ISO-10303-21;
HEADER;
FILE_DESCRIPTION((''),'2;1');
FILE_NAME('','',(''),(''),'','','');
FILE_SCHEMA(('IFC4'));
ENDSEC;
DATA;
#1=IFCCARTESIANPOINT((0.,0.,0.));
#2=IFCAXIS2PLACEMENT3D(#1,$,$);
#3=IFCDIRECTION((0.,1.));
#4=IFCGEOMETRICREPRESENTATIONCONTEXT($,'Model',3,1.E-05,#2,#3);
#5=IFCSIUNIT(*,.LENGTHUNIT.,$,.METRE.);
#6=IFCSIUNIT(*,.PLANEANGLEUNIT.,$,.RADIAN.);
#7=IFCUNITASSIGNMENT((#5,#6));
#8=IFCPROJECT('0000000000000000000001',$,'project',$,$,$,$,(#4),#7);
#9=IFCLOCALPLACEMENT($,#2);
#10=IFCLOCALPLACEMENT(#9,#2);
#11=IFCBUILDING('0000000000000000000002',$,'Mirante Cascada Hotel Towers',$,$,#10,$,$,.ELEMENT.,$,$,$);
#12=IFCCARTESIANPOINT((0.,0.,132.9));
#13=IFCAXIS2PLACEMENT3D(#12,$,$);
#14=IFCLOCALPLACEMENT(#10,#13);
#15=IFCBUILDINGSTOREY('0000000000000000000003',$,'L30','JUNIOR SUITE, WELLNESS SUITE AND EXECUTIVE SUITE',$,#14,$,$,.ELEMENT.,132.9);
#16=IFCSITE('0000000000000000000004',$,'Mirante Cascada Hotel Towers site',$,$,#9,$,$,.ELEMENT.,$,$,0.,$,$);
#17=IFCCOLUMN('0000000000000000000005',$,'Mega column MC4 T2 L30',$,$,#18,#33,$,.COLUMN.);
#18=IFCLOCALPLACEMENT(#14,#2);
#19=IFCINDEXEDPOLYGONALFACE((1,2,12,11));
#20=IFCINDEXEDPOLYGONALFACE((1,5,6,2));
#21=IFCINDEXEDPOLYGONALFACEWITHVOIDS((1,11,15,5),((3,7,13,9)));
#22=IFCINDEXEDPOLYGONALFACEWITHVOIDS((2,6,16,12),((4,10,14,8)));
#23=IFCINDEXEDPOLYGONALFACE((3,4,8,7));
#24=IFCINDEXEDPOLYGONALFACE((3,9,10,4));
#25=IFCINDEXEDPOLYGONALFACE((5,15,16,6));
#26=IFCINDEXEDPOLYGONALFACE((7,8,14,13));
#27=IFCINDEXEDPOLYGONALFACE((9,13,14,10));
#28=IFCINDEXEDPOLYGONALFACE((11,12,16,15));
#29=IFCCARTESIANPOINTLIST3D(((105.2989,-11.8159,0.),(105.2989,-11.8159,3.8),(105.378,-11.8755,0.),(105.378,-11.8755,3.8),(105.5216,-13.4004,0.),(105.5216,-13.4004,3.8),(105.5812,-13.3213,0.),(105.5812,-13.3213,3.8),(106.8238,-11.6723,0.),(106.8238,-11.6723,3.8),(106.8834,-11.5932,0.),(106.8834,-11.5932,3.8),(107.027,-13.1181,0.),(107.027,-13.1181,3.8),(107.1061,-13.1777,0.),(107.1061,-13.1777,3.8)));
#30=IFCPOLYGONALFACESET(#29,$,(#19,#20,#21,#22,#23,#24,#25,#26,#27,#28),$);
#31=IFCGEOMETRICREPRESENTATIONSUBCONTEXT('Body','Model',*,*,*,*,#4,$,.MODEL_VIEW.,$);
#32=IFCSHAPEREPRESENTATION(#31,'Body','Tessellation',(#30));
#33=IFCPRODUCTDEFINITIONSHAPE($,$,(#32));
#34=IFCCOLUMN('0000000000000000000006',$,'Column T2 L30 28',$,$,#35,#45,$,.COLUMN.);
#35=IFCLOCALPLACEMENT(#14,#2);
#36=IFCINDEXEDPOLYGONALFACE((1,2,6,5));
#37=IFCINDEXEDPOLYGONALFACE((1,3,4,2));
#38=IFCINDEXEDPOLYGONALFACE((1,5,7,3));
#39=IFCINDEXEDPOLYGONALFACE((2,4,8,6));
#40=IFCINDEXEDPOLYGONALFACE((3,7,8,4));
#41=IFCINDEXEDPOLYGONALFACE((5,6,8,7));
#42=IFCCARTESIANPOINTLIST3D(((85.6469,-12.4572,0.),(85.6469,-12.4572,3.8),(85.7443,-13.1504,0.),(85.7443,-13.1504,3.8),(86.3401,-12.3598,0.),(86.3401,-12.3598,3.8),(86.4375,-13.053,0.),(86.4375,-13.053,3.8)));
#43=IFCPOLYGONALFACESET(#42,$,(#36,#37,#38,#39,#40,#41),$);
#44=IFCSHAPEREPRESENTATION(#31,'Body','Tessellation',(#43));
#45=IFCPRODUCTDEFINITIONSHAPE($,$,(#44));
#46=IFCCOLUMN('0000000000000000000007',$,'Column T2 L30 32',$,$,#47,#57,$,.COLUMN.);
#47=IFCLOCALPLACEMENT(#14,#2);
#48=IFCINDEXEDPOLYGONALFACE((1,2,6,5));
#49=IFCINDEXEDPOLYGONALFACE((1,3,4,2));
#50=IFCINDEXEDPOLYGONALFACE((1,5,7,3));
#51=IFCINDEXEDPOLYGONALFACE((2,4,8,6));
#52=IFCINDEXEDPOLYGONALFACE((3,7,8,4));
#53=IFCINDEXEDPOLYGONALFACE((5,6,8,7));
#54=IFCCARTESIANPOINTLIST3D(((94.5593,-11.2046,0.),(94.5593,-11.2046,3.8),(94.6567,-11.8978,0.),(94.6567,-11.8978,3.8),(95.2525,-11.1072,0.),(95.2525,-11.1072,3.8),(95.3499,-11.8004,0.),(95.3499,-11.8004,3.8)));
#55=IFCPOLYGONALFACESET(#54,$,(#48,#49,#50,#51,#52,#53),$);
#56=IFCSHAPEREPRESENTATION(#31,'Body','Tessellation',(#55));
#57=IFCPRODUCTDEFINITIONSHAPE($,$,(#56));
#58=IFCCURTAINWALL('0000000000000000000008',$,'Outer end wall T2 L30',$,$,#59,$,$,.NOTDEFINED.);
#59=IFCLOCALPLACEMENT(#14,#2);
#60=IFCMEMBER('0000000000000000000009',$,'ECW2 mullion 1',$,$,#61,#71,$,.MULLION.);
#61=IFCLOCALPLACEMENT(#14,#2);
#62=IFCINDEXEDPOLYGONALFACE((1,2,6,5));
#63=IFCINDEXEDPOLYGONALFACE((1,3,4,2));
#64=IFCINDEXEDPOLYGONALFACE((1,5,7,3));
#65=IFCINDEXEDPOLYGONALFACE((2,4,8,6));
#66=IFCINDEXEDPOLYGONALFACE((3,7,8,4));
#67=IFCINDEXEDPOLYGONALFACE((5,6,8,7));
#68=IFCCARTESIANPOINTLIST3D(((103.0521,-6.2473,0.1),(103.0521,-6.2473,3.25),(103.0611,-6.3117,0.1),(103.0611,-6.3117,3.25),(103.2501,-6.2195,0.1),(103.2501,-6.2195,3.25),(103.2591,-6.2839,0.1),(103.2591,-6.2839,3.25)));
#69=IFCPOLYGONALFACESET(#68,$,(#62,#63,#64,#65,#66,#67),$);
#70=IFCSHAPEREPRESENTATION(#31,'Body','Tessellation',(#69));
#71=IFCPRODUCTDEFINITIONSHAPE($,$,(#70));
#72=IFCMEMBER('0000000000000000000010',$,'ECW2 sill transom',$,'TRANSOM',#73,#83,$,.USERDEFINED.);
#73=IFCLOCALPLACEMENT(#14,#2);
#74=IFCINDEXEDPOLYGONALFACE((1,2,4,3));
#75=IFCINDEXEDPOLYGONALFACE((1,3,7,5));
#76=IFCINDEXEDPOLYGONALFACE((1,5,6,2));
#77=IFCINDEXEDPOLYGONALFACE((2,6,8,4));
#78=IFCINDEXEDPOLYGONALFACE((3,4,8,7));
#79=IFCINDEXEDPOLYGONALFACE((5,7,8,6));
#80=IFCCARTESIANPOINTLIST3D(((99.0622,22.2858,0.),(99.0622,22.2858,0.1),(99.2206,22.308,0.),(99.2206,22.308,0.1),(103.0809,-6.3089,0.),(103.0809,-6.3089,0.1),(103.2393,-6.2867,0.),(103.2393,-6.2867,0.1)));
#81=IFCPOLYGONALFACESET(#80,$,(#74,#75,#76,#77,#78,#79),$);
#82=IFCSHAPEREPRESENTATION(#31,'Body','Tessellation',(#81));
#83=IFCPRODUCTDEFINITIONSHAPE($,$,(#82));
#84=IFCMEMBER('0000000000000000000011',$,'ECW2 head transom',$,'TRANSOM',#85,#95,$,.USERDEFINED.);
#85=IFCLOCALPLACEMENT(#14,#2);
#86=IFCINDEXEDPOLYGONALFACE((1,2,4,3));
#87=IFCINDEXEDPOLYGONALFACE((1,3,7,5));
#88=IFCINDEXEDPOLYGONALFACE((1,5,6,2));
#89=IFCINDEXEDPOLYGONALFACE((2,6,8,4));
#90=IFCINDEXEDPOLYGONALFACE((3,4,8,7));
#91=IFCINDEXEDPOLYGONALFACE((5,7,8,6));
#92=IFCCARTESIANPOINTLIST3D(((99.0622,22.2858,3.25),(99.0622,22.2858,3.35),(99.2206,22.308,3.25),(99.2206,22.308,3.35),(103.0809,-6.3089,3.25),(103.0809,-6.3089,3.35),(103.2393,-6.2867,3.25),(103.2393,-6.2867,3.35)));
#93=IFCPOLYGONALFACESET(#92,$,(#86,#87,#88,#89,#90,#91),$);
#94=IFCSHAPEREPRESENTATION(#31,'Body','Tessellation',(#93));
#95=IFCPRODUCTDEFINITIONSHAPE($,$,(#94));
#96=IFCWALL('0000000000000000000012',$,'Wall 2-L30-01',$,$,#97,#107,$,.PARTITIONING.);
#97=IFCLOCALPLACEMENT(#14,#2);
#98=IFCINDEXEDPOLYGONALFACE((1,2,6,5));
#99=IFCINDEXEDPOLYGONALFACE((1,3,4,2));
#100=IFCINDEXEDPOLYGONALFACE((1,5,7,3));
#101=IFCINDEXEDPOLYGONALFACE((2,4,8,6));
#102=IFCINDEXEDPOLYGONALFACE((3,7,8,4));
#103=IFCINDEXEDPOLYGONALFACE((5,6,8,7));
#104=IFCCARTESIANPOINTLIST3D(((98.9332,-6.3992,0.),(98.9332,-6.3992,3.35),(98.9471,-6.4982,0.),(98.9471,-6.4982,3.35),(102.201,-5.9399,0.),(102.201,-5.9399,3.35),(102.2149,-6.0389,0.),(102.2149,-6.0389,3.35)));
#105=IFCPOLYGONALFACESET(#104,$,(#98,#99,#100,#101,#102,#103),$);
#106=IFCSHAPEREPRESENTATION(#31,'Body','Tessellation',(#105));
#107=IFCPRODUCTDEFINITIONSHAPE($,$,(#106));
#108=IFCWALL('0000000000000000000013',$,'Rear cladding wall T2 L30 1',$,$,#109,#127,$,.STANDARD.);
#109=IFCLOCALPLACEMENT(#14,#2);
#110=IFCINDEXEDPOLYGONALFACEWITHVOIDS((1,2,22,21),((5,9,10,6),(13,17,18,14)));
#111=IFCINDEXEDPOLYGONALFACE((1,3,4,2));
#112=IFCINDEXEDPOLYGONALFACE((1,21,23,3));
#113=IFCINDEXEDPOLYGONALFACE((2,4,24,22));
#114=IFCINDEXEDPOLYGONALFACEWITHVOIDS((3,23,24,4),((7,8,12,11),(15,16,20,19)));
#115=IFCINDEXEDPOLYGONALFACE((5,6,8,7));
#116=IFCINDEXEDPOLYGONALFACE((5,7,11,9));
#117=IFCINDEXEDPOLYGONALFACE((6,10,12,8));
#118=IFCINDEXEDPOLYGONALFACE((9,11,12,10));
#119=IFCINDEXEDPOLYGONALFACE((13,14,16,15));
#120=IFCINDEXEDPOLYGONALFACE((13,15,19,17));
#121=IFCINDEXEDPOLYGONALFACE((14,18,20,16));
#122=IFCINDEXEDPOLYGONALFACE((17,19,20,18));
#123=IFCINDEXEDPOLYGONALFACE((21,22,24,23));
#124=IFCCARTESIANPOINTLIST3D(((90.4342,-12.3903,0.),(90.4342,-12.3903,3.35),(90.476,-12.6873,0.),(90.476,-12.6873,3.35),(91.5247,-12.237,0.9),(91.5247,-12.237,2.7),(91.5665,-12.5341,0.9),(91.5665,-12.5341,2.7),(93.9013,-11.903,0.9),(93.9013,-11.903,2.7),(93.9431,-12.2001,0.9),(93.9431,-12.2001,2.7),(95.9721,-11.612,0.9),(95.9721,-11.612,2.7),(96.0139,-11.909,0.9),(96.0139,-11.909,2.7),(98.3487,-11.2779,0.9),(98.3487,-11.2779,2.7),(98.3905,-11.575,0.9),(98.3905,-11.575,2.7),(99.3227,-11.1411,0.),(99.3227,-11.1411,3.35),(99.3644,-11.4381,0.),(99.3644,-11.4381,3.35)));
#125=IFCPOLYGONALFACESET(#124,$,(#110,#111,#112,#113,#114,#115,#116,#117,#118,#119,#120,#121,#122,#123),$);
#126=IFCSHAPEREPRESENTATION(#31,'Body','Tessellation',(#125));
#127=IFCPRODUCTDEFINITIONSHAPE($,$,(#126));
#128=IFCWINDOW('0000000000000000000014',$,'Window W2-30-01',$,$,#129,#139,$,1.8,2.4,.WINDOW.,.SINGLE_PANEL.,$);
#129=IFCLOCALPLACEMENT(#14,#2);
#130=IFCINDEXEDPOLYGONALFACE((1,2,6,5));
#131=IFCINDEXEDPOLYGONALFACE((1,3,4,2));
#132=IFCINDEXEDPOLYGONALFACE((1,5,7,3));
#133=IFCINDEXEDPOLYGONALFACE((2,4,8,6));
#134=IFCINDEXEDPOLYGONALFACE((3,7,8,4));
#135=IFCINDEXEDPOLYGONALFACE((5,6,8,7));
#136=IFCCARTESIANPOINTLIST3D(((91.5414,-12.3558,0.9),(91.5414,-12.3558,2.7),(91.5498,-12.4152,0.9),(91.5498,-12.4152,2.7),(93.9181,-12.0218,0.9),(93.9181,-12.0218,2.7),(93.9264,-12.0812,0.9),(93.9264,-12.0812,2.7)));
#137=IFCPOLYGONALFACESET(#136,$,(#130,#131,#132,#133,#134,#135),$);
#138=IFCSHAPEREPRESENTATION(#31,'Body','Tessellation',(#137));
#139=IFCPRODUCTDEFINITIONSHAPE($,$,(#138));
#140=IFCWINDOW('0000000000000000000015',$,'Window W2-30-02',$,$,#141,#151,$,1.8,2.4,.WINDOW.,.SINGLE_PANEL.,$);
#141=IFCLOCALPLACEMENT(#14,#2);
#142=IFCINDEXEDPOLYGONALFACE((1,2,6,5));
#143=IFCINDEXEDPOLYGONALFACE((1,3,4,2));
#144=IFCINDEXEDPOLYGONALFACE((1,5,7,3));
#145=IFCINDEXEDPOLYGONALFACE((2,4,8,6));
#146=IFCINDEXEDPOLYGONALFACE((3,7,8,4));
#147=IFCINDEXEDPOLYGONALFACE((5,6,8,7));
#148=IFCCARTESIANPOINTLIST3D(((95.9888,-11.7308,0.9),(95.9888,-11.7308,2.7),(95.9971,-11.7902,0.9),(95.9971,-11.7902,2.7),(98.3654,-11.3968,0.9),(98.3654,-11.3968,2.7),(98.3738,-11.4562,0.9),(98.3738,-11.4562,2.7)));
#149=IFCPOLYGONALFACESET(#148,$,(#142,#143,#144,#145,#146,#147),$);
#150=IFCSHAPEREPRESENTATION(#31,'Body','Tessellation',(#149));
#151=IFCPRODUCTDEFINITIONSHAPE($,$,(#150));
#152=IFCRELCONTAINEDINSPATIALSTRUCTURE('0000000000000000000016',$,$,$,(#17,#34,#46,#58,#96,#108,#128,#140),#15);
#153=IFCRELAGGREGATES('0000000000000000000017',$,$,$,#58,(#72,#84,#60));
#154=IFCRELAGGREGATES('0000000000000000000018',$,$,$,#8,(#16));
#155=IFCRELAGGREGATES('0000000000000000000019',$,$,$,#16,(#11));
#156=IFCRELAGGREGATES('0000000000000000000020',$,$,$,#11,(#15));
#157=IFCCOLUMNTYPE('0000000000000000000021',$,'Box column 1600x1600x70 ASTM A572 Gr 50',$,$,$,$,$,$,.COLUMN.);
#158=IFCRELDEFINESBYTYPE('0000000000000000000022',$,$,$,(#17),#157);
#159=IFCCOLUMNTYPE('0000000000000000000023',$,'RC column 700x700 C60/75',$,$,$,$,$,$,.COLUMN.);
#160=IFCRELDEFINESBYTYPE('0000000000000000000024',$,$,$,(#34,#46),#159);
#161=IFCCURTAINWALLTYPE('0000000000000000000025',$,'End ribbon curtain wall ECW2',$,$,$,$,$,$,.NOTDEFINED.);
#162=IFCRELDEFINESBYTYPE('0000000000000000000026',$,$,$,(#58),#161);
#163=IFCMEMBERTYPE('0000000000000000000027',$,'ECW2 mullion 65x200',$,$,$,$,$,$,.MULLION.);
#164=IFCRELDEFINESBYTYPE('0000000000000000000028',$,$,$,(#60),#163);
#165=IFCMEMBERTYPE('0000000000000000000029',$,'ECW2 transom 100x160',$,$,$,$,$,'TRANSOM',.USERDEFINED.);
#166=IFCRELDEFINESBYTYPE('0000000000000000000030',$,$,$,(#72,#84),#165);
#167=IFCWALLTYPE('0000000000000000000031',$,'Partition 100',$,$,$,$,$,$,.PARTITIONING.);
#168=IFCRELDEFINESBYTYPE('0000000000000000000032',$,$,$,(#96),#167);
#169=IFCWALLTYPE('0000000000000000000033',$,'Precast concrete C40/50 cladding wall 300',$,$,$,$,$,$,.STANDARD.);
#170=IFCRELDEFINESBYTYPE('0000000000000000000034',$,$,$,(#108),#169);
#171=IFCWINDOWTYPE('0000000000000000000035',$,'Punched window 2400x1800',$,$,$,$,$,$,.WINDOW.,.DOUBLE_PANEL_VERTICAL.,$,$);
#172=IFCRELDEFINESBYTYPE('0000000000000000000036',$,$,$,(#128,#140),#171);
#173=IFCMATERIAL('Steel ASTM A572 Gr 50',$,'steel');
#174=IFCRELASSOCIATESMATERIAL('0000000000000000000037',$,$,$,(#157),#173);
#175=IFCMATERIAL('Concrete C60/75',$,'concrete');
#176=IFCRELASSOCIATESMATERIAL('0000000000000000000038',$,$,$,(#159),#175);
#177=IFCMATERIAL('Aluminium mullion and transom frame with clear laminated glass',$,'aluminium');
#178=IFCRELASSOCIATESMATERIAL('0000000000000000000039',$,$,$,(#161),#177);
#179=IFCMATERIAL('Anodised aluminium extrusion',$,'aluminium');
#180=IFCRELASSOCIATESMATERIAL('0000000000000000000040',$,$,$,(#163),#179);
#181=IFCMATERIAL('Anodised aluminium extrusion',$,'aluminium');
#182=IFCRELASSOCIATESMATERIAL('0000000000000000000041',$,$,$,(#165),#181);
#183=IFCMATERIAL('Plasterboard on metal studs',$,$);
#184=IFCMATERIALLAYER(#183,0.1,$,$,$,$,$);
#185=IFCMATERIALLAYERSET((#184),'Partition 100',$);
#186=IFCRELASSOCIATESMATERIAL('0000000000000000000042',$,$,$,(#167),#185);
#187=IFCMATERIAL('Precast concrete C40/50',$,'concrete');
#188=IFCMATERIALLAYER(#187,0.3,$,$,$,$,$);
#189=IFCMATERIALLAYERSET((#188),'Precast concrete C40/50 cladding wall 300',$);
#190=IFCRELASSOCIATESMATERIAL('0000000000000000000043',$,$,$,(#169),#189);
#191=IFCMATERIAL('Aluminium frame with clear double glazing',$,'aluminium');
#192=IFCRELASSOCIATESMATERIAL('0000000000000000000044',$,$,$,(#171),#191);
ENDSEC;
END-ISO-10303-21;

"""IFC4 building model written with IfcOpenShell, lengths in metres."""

from ifc_helpers import new_model, si_unit, direction, frame, frame_2d, origin, origin_2d, place, context, subcontext, project, spatial, rectangle, hollow_rectangle, extrude, material, layer, layer_set, material_profile, profile_set, type_object, element, fill, aggregate, save


model = new_model("IFC4")

# Units and contexts
model_context = context("Model", 3, precision=1e-05, world=origin(), true_north=direction((0.0, 1.0)))
body_context = subcontext(model_context, "Body", "Model", "MODEL_VIEW")
ifc_project = project(units=[si_unit("LENGTHUNIT", "METRE"), si_unit("PLANEANGLEUNIT", "RADIAN")], contexts=[model_context])

# Site, building, storey
site_placement = place(None, origin())
site = spatial("IfcSite", under=ifc_project, at=site_placement, Name="Mirante Cascada Hotel Towers site", CompositionType="ELEMENT", RefElevation=0.0)
building_placement = place(site_placement, origin())
building = spatial("IfcBuilding", under=site, at=building_placement, Name="Mirante Cascada Hotel Towers", CompositionType="ELEMENT")
storey_placement = place(building_placement, frame((0.0, 0.0, 132.9)))
storey = spatial("IfcBuildingStorey", under=building, at=storey_placement, Name="L30", Description="JUNIOR SUITE, WELLNESS SUITE AND EXECUTIVE SUITE", CompositionType="ELEMENT", Elevation=132.9)

# Columns
ifc_material_1 = material(Name="Steel ASTM A572 Gr 50", Category="steel")
ifc_material_profile_1 = material_profile(ifc_material_1, hollow_rectangle(XDim=1.6, YDim=1.6, WallThickness=0.07, at=origin_2d()), Name="Box column 1600x1600x70 ASTM A572 Gr 50")
ifc_profile_set_1 = profile_set([ifc_material_profile_1], Name="Steel ASTM A572 Gr 50")
column_type_1 = type_object("IfcColumnType", Name="Box column 1600x1600x70 ASTM A572 Gr 50", PredefinedType="COLUMN", material=ifc_profile_set_1)
column_placement = place(storey_placement, frame((106.2025, -12.4968, 0.0), z_axis=(0.0, 0.0, 1.0), x_axis=(0.990268, 0.139173, 0.0)))
element("IfcColumn", 1, at=column_placement, inside=storey, type_object=column_type_1, Name="Mega column MC4 T2 L30", PredefinedType="COLUMN", context=body_context, shape_type="SweptSolid", body=[
    extrude(hollow_rectangle(XDim=1.6, YDim=1.6, WallThickness=0.07, at=origin_2d()), origin(), (0.0, 0.0, 1.0), 3.8),
])
ifc_material_2 = material(Name="Concrete C60/75", Category="concrete")
ifc_material_profile_2 = material_profile(ifc_material_2, rectangle(XDim=0.7, YDim=0.7, at=origin_2d()), Name="RC column 700x700 C60/75")
ifc_profile_set_2 = profile_set([ifc_material_profile_2], Name="Concrete C60/75")
column_type_2 = type_object("IfcColumnType", Name="RC column 700x700 C60/75", PredefinedType="COLUMN", material=ifc_profile_set_2)
for number, where, z_axis, x_axis, name in (
    (2, (86.0422, -12.7551, 0.0), (0.0, 0.0, 1.0), (0.990268, 0.139173, 0.0), "Column T2 L30 28"),
    (3, (94.9546, -11.5025, 0.0), (0.0, 0.0, 1.0), (0.990268, 0.139173, 0.0), "Column T2 L30 32"),
):
    element("IfcColumn", number, at=place(storey_placement, frame(where, z_axis=z_axis, x_axis=x_axis)), inside=storey, type_object=column_type_2, Name=name, PredefinedType="COLUMN", context=body_context, shape_type="SweptSolid", body=[
        extrude(rectangle(XDim=0.7, YDim=0.7, at=origin_2d()), origin(), (0.0, 0.0, 1.0), 3.8),
    ])

# Curtain wall, members
ifc_material_3 = material(Name="Aluminium mullion and transom frame with clear laminated glass", Category="aluminium")
curtain_wall_type = type_object("IfcCurtainWallType", Name="End ribbon curtain wall ECW2", PredefinedType="NOTDEFINED", material=ifc_material_3)
curtain_wall_placement = place(storey_placement, origin())
curtain_wall = element("IfcCurtainWall", 4, at=curtain_wall_placement, inside=storey, type_object=curtain_wall_type, Name="Outer end wall T2 L30", PredefinedType="NOTDEFINED")
ifc_material_4 = material(Name="Anodised aluminium extrusion", Category="aluminium")
ifc_material_profile_3 = material_profile(ifc_material_4, rectangle(XDim=0.2, YDim=0.065, at=origin_2d()), Name="ECW2 MULLION 65x200")
ifc_profile_set_3 = profile_set([ifc_material_profile_3], Name="Anodised aluminium extrusion")
member_type_1 = type_object("IfcMemberType", Name="ECW2 mullion 65x200", PredefinedType="MULLION", material=ifc_profile_set_3)
member_1_placement = place(storey_placement, frame((103.1556, -6.2656, 0.1), z_axis=(0.0, 0.0, 1.0), x_axis=(-0.990268, -0.139173, 0.0)))
member_1 = element("IfcMember", 5, at=member_1_placement, type_object=member_type_1, Name="ECW2 mullion 1", PredefinedType="MULLION", context=body_context, shape_type="SweptSolid", body=[
    extrude(rectangle(XDim=0.2, YDim=0.065, at=origin_2d()), origin(), (0.0, 0.0, 1.0), 3.15),
])
ifc_material_5 = material(Name="Anodised aluminium extrusion", Category="aluminium")
ifc_material_profile_4 = material_profile(ifc_material_5, rectangle(XDim=0.16, YDim=0.1, at=origin_2d()), Name="ECW2 TRANSOM 100x160")
ifc_profile_set_4 = profile_set([ifc_material_profile_4], Name="Anodised aluminium extrusion")
member_type_2 = type_object("IfcMemberType", Name="ECW2 transom 100x160", ElementType="TRANSOM", PredefinedType="USERDEFINED", material=ifc_profile_set_4)
member_2_placement = place(storey_placement, frame((103.1601, -6.2978, 0.05), z_axis=(-0.139172, 0.990268, 0.0), x_axis=(-0.990268, -0.139172, 0.0)))
member_2 = element("IfcMember", 6, at=member_2_placement, type_object=member_type_2, Name="ECW2 sill transom", ObjectType="TRANSOM", PredefinedType="USERDEFINED", context=body_context, shape_type="SweptSolid", body=[
    extrude(rectangle(XDim=0.16, YDim=0.1, at=origin_2d()), origin(), (0.0, 0.0, 1.0), 28.8757),
])
member_3_placement = place(storey_placement, frame((103.1601, -6.2978, 3.3), z_axis=(-0.139172, 0.990268, 0.0), x_axis=(-0.990268, -0.139172, 0.0)))
member_3 = element("IfcMember", 7, at=member_3_placement, type_object=member_type_2, Name="ECW2 head transom", ObjectType="TRANSOM", PredefinedType="USERDEFINED", context=body_context, shape_type="SweptSolid", body=[
    extrude(rectangle(XDim=0.16, YDim=0.1, at=origin_2d()), origin(), (0.0, 0.0, 1.0), 28.8757),
])
aggregate(curtain_wall, [member_2, member_3, member_1])

# Wall
ifc_material_6 = material(Name="Plasterboard on metal studs")
ifc_layer_1 = layer(ifc_material_6, 0.1)
ifc_layer_set_1 = layer_set([ifc_layer_1], Name="Partition 100")
wall_type_1 = type_object("IfcWallType", Name="Partition 100", PredefinedType="PARTITIONING", material=ifc_layer_set_1)
wall_1_placement = place(storey_placement, frame((98.9401, -6.4487, 0.0), z_axis=(0.0, 0.0, 1.0), x_axis=(0.990266, 0.139185, 0.0)))
element("IfcWall", 8, at=wall_1_placement, inside=storey, type_object=wall_type_1, Name="Wall 2-L30-01", PredefinedType="PARTITIONING", context=body_context, shape_type="SweptSolid", body=[
    extrude(rectangle(XDim=3.2999, YDim=0.1, at=frame_2d((1.65, 0.0))), origin(), (0.0, 0.0, 1.0), 3.35),
])

# Wall, openings, windows
ifc_material_7 = material(Name="Precast concrete C40/50", Category="concrete")
ifc_layer_2 = layer(ifc_material_7, 0.3)
ifc_layer_set_2 = layer_set([ifc_layer_2], Name="Precast concrete C40/50 cladding wall 300")
wall_type_2 = type_object("IfcWallType", Name="Precast concrete C40/50 cladding wall 300", PredefinedType="STANDARD", material=ifc_layer_set_2)
wall_2_placement = place(storey_placement, frame((90.4551, -12.5388, 0.0), z_axis=(0.0, 0.0, 1.0), x_axis=(0.990268, 0.139175, 0.0)))
wall_2 = element("IfcWall", 9, at=wall_2_placement, inside=storey, type_object=wall_type_2, Name="Rear cladding wall T2 L30 1", PredefinedType="STANDARD", context=body_context, shape_type="SweptSolid", body=[
    extrude(rectangle(XDim=8.9758, YDim=0.3, at=frame_2d((4.4879, 0.0))), origin(), (0.0, 0.0, 1.0), 3.35),
])
opening_1_placement = place(wall_2_placement, frame((1.1012, 0.0, 0.9)))
opening_1 = element("IfcOpeningElement", 10, at=opening_1_placement, cuts=wall_2, PredefinedType="OPENING", context=body_context, shape_type="SweptSolid", body=[
    extrude(rectangle(XDim=2.4, YDim=1.8, at=frame_2d((1.2, 0.9))), frame((0.0, 0.15, 0.0), z_axis=(0.0, -1.0, 0.0), x_axis=(1.0, 0.0, 0.0)), (0.0, 0.0, 1.0), 0.3),
])
opening_2_placement = place(wall_2_placement, frame((5.5923, 0.0, 0.9)))
opening_2 = element("IfcOpeningElement", 11, at=opening_2_placement, cuts=wall_2, PredefinedType="OPENING", context=body_context, shape_type="SweptSolid", body=[
    extrude(rectangle(XDim=2.4, YDim=1.8, at=frame_2d((1.2, 0.9))), frame((0.0, 0.15, 0.0), z_axis=(0.0, -1.0, 0.0), x_axis=(1.0, 0.0, 0.0)), (0.0, 0.0, 1.0), 0.3),
])
ifc_material_8 = material(Name="Aluminium frame with clear double glazing", Category="aluminium")
window_type_1 = type_object("IfcWindowType", Name="Punched window 2400x1800", PartitioningType="DOUBLE_PANEL_VERTICAL", PredefinedType="WINDOW", material=ifc_material_8)
window_1_placement = place(opening_1_placement, origin())
window_1 = element("IfcWindow", 12, at=window_1_placement, inside=storey, type_object=window_type_1, Name="Window W2-30-01", OverallHeight=1.8, OverallWidth=2.4, PartitioningType="SINGLE_PANEL", PredefinedType="WINDOW", context=body_context, shape_type="SweptSolid", body=[
    extrude(rectangle(XDim=2.4, YDim=1.8, at=frame_2d((1.2, 0.9))), frame((0.0, 0.03, 0.0), z_axis=(0.0, -1.0, 0.0), x_axis=(1.0, 0.0, 0.0)), (0.0, 0.0, 1.0), 0.06),
])
fill(opening_1, window_1)
window_2_placement = place(opening_2_placement, origin())
window_2 = element("IfcWindow", 13, at=window_2_placement, inside=storey, type_object=window_type_1, Name="Window W2-30-02", OverallHeight=1.8, OverallWidth=2.4, PartitioningType="SINGLE_PANEL", PredefinedType="WINDOW", context=body_context, shape_type="SweptSolid", body=[
    extrude(rectangle(XDim=2.4, YDim=1.8, at=frame_2d((1.2, 0.9))), frame((0.0, 0.03, 0.0), z_axis=(0.0, -1.0, 0.0), x_axis=(1.0, 0.0, 0.0)), (0.0, 0.0, 1.0), 0.06),
])
fill(opening_2, window_2)

save(model, "model.ifc")
